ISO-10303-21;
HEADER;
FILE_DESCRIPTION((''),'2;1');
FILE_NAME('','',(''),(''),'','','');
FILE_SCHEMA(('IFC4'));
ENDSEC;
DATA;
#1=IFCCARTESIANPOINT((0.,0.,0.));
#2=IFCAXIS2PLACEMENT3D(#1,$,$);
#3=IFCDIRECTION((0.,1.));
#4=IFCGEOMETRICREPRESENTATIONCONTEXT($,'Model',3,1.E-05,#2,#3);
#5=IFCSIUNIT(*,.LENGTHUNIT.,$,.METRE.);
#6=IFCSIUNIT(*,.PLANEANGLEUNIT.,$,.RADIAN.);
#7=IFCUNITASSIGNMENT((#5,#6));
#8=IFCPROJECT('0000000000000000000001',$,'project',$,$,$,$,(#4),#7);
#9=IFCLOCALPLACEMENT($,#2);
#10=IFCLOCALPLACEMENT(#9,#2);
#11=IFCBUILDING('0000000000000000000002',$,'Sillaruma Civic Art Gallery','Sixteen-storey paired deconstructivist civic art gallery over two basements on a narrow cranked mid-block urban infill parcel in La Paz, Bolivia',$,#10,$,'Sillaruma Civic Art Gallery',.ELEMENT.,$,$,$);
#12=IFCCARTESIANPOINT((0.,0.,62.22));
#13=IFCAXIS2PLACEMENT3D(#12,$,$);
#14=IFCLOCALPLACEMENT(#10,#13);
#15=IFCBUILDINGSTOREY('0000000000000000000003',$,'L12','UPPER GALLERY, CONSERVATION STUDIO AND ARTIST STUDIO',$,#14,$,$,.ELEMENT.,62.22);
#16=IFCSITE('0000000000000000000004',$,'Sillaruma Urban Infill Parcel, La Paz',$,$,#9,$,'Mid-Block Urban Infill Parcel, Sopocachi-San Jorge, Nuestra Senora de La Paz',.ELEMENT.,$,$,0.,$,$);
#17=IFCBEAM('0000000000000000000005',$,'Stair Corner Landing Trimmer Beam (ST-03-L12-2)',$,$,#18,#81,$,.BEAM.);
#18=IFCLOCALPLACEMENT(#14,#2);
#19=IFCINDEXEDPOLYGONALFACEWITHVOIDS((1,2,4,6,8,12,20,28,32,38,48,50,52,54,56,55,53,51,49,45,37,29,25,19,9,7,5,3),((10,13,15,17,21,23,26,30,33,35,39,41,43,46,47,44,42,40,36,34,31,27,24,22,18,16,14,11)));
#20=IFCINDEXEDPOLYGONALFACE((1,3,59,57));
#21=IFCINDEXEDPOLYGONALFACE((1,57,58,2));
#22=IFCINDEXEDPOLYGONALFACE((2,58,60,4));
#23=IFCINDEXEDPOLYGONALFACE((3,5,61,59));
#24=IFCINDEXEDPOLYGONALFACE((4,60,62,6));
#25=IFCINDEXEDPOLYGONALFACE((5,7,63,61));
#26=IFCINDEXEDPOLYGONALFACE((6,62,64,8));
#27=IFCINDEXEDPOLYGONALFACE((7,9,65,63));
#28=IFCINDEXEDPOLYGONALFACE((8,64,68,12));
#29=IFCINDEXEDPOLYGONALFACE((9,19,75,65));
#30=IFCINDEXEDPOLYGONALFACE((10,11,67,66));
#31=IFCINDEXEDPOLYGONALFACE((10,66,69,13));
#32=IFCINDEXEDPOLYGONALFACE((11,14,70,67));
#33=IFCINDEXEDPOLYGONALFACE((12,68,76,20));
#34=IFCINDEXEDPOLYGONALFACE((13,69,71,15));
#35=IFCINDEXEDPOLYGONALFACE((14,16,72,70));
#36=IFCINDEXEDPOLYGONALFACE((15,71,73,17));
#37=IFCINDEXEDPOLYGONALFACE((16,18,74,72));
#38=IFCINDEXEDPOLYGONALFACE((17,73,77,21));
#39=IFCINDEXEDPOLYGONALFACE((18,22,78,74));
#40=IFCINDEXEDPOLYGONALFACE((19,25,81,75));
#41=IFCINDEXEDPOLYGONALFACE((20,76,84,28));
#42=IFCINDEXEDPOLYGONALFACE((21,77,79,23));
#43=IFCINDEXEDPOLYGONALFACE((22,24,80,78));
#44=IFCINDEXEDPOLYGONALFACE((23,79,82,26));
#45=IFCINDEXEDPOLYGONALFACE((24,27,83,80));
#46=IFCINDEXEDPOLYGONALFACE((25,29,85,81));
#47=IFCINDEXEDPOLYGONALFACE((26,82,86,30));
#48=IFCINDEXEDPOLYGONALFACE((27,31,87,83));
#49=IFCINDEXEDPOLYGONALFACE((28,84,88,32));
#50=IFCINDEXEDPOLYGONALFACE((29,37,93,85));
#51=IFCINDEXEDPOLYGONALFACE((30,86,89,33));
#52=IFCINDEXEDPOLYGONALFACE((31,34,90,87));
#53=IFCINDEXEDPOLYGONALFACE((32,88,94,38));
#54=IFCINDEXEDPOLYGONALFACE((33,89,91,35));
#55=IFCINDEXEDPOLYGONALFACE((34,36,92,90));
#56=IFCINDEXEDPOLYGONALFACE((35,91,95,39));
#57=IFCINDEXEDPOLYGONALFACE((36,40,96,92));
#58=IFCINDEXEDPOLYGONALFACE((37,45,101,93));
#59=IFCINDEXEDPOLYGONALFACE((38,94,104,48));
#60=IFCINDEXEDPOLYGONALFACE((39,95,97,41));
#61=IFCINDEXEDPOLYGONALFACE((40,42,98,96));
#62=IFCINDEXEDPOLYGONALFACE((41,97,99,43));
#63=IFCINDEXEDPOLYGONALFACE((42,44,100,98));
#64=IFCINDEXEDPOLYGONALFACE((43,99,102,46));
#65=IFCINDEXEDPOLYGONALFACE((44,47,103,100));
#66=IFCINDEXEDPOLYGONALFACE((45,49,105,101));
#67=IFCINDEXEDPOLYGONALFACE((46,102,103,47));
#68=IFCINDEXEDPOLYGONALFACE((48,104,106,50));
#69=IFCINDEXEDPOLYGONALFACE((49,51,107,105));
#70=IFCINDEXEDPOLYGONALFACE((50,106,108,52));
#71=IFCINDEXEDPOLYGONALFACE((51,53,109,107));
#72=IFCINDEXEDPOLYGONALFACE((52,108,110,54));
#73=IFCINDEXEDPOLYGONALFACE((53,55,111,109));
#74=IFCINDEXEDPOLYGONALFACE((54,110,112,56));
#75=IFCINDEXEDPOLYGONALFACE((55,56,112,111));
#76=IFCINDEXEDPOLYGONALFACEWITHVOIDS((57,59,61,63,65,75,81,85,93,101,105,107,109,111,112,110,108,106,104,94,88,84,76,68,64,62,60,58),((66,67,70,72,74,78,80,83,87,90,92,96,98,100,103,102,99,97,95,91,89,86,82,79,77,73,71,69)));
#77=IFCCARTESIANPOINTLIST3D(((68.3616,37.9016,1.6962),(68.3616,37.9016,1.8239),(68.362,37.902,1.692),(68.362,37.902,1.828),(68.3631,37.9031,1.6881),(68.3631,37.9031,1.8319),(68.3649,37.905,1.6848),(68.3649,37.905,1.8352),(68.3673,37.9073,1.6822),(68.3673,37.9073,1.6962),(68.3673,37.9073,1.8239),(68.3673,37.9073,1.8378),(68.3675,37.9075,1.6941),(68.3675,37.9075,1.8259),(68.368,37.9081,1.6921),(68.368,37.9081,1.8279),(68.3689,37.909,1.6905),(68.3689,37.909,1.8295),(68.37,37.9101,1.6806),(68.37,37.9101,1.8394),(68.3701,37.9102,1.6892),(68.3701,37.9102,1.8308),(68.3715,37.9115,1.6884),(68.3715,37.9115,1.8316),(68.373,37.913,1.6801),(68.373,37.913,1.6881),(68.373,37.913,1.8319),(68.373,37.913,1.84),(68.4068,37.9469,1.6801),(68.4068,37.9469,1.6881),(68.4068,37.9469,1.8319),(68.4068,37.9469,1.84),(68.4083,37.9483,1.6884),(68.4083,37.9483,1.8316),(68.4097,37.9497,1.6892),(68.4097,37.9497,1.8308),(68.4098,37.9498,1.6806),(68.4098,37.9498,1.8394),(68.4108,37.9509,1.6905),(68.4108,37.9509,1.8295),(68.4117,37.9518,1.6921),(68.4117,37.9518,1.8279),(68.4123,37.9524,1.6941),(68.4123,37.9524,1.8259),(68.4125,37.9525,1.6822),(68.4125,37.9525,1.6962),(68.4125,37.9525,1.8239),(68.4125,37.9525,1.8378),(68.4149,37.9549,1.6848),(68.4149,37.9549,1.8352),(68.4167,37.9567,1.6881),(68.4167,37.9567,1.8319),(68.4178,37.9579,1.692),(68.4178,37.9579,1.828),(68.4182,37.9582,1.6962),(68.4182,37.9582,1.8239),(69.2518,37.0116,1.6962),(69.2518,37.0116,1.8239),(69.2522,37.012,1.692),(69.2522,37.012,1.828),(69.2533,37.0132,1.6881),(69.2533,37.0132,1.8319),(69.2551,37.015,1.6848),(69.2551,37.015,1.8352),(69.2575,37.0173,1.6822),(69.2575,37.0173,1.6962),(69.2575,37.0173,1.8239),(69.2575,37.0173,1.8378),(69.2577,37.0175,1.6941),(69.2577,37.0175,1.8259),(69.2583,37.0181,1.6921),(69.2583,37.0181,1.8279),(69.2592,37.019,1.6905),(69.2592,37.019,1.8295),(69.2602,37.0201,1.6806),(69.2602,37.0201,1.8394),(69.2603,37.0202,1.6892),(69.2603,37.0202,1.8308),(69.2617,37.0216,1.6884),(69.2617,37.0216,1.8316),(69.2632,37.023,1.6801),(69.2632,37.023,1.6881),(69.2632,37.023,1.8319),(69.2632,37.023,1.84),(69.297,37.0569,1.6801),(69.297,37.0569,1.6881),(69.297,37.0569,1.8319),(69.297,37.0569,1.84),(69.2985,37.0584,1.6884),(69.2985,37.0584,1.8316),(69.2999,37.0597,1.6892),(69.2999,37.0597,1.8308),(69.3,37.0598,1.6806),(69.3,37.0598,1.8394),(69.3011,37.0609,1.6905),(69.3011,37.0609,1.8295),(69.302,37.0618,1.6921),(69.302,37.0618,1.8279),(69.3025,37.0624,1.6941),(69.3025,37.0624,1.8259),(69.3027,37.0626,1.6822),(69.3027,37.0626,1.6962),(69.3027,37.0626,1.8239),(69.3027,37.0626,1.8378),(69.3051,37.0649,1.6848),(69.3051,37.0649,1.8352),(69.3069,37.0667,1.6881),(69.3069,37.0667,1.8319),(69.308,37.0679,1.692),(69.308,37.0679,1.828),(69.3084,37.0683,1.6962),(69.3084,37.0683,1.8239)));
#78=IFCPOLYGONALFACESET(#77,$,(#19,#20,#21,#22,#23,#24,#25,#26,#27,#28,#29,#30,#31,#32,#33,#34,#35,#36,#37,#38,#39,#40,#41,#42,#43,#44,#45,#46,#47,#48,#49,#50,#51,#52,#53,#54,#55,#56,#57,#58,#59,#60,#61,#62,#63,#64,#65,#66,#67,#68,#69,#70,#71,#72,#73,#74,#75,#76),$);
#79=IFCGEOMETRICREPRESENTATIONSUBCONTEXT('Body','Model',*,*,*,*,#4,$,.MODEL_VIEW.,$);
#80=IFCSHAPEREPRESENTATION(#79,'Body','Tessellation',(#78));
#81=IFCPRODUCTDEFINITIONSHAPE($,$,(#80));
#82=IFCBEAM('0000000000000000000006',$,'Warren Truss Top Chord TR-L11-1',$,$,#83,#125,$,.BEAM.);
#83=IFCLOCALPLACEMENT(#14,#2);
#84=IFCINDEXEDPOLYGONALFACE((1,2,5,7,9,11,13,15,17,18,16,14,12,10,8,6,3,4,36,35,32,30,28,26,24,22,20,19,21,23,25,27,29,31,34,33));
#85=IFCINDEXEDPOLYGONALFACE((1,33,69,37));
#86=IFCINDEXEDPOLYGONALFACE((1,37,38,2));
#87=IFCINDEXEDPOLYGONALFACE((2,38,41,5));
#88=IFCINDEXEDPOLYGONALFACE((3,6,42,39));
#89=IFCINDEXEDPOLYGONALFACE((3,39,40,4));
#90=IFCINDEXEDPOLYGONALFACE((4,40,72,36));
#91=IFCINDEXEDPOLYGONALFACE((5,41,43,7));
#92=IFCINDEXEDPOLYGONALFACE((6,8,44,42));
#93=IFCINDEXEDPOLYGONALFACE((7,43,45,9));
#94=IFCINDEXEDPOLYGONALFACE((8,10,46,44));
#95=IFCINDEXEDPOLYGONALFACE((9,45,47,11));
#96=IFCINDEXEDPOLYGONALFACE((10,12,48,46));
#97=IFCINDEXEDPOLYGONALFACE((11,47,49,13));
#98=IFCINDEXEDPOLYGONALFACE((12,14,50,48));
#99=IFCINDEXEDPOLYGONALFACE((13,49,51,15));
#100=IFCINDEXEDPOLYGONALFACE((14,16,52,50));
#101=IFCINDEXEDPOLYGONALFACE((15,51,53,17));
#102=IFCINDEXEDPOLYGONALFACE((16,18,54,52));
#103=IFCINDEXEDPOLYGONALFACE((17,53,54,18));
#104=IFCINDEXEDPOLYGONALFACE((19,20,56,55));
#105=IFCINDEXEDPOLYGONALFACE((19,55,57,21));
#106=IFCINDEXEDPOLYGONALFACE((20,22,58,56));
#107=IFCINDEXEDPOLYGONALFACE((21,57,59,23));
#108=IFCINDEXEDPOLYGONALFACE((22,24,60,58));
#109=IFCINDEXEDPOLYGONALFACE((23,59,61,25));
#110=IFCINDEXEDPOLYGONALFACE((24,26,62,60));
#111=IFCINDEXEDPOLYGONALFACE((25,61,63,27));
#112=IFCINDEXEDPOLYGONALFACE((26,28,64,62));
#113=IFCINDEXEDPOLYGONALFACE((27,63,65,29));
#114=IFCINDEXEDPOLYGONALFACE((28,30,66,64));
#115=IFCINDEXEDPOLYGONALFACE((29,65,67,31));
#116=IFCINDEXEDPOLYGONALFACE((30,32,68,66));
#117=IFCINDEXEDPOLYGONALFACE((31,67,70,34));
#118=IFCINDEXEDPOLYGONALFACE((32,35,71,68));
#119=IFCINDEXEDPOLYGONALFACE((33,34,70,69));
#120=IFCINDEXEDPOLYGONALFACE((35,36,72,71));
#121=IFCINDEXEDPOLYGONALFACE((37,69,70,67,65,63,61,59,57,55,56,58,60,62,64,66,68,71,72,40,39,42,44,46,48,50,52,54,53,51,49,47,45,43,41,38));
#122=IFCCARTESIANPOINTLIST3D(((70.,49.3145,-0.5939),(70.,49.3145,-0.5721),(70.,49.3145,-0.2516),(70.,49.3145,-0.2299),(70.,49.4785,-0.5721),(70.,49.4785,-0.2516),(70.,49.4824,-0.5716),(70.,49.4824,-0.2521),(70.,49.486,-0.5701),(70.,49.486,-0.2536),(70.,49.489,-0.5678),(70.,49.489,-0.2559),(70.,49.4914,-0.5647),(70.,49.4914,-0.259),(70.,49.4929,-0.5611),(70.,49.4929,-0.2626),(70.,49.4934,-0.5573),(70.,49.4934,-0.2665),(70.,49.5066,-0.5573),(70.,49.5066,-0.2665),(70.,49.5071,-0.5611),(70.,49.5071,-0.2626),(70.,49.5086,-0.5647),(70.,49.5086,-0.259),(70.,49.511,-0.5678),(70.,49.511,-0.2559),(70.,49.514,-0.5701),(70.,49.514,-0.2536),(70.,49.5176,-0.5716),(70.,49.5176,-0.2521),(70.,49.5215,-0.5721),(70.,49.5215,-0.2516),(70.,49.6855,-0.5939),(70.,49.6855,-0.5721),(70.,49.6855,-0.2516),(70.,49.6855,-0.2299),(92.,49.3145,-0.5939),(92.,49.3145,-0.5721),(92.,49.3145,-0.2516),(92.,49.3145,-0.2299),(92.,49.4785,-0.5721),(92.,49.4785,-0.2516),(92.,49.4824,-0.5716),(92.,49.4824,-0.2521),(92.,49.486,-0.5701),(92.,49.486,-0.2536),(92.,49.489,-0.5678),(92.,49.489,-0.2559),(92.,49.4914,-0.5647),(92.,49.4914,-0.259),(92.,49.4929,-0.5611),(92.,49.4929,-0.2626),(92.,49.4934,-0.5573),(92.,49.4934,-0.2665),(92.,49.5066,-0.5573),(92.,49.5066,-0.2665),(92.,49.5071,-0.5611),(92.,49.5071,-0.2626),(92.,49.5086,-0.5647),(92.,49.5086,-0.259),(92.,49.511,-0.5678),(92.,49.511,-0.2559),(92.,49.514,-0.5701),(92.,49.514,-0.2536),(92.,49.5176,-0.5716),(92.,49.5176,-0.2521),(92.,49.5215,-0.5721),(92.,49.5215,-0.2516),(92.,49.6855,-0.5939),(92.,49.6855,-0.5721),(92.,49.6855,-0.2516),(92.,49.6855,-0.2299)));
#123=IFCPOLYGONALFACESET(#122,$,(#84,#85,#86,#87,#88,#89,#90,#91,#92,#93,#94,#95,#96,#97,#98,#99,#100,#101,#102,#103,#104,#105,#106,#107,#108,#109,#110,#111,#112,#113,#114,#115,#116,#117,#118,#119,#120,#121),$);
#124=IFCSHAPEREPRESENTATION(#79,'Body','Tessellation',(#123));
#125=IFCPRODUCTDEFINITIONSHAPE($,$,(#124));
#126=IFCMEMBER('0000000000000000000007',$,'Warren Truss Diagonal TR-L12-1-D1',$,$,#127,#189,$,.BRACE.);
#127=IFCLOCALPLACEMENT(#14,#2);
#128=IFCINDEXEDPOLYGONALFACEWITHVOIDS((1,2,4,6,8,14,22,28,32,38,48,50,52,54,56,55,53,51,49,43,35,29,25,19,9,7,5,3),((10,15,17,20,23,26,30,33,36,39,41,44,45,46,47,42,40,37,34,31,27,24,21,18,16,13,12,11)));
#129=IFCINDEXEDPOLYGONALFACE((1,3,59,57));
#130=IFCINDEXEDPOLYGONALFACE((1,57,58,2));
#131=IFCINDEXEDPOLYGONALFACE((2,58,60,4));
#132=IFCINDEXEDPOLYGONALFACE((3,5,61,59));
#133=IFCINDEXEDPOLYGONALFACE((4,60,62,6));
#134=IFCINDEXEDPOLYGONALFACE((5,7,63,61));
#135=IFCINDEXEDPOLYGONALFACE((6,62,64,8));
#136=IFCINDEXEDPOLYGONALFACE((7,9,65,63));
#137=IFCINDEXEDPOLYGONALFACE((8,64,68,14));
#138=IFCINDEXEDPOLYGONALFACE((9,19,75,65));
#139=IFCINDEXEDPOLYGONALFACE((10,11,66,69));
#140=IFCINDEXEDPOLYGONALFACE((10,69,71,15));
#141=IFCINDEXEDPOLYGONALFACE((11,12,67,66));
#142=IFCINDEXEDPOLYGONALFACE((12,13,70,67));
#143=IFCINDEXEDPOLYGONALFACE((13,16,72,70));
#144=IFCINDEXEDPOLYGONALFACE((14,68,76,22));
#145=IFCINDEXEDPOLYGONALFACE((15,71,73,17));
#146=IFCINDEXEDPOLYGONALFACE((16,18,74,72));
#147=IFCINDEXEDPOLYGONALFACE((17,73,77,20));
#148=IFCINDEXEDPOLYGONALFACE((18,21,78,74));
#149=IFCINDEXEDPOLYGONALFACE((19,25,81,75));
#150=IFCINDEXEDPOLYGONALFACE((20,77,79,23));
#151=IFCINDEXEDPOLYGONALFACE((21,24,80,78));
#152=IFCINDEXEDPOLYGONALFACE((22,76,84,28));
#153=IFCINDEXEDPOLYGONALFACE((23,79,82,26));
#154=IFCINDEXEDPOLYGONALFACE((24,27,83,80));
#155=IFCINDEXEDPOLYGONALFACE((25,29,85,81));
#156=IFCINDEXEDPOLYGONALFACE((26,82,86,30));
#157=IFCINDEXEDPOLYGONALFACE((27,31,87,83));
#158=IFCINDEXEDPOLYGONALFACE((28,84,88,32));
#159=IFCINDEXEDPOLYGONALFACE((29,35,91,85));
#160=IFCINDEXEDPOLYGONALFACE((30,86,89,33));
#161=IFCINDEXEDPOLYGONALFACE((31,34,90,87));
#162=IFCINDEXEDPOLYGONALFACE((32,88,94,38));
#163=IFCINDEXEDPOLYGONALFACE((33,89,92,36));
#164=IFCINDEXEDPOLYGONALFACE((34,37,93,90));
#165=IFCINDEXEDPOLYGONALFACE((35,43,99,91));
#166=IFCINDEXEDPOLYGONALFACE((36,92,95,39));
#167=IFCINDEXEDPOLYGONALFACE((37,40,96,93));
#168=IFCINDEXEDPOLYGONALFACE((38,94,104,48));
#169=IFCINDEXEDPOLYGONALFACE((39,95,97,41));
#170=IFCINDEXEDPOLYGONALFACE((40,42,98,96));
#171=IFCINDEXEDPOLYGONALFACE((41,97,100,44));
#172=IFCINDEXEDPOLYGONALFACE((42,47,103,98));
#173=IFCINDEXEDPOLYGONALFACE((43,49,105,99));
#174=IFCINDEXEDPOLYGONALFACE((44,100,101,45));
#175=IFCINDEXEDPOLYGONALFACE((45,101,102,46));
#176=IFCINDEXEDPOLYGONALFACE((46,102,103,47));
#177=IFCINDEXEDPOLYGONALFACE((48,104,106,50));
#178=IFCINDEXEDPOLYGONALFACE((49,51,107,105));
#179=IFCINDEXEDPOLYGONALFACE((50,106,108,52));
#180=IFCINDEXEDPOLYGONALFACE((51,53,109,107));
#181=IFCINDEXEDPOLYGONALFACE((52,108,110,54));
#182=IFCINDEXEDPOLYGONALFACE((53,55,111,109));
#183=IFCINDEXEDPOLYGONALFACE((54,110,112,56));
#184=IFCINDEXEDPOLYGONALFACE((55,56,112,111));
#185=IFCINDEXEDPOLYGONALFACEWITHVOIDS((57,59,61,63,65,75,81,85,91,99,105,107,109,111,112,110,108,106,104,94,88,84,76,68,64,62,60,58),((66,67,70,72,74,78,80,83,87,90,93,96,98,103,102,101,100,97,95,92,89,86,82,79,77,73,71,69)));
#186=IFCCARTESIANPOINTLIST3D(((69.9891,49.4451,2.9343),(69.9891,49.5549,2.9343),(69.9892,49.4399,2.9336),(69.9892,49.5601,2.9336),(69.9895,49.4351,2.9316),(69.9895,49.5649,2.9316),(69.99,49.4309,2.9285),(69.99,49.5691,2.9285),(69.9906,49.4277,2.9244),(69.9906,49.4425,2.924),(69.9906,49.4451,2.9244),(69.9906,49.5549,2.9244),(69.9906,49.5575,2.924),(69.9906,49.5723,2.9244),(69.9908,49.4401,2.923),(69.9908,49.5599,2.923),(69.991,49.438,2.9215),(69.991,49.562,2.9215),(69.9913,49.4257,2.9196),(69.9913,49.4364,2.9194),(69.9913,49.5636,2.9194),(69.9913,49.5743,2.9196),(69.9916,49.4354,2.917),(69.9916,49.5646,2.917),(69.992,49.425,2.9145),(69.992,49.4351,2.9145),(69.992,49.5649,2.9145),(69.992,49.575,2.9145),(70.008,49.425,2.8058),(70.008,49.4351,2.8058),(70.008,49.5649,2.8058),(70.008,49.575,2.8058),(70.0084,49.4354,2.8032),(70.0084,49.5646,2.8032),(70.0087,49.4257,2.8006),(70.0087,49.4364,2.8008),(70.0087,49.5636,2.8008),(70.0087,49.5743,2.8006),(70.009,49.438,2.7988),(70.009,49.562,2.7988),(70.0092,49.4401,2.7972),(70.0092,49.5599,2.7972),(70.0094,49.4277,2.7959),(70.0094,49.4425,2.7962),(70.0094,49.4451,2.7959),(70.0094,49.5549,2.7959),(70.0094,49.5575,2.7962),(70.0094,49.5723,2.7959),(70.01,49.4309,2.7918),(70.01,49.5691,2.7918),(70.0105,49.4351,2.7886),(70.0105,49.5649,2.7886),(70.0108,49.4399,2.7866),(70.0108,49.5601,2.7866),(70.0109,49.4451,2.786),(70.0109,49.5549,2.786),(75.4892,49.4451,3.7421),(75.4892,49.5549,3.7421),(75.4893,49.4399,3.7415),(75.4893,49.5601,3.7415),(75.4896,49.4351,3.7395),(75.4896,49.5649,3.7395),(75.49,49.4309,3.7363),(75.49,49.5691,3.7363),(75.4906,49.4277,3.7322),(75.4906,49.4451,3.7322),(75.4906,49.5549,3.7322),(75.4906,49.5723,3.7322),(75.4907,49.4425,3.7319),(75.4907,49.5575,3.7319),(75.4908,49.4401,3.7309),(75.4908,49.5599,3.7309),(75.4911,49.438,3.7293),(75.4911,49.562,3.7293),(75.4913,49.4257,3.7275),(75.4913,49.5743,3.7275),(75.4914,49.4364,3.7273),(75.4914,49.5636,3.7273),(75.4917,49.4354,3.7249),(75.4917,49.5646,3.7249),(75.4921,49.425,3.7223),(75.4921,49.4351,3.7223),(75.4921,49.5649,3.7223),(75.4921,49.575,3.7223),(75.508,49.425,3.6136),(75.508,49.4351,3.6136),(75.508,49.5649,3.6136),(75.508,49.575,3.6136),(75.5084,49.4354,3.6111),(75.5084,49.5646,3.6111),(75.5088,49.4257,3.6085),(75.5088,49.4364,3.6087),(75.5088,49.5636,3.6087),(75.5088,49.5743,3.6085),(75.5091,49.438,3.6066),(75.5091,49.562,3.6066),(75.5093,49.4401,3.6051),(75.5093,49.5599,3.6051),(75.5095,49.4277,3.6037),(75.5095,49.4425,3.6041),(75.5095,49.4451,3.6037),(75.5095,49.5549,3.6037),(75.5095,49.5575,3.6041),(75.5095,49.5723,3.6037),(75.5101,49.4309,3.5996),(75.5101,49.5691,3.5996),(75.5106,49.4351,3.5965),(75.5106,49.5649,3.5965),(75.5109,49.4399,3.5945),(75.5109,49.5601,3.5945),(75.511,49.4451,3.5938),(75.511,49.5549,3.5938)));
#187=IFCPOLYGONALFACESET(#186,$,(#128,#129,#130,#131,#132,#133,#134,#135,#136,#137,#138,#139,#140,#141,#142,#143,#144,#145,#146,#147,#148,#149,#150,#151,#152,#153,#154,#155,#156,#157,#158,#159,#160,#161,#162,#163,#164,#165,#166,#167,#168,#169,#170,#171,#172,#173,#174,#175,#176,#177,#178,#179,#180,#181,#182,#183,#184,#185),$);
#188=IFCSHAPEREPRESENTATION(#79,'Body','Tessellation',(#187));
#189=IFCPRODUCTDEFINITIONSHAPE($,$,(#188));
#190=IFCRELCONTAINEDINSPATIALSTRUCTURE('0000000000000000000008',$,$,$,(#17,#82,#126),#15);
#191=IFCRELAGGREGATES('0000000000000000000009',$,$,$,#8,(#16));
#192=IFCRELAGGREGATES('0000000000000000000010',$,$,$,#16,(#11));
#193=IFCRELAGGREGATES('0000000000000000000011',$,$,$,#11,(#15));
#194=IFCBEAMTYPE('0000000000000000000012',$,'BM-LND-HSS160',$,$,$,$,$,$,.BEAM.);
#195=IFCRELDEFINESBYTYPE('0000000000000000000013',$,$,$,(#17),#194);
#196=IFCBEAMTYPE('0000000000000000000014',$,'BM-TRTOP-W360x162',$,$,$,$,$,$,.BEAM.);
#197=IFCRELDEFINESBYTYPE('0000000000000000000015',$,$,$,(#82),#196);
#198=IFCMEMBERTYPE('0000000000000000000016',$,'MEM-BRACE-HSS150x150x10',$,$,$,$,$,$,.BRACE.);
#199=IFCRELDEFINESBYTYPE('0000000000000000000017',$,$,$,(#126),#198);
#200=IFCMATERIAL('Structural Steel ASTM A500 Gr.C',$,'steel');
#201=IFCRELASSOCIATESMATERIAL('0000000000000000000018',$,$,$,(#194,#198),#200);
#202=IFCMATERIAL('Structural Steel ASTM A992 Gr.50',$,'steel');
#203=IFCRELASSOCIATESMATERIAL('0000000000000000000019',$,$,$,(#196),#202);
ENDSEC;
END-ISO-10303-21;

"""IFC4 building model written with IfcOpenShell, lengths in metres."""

from ifc_helpers import new_model, si_unit, direction, frame, origin, origin_2d, place, context, subcontext, project, spatial, hollow_rectangle, i_section, extrude, material, material_profile, profile_set, type_object, element, save


model = new_model("IFC4")

# Units and contexts
model_context = context("Model", 3, precision=1e-05, world=origin(), true_north=direction((0.0, 1.0)))
body_context = subcontext(model_context, "Body", "Model", "MODEL_VIEW")
ifc_project = project(units=[si_unit("LENGTHUNIT", "METRE"), si_unit("PLANEANGLEUNIT", "RADIAN")], contexts=[model_context])

# Site, building, storey
site_placement = place(None, origin())
site = spatial("IfcSite", under=ifc_project, at=site_placement, Name="Sillaruma Urban Infill Parcel, La Paz", LongName="Mid-Block Urban Infill Parcel, Sopocachi-San Jorge, Nuestra Senora de La Paz", CompositionType="ELEMENT", RefElevation=0.0)
building_placement = place(site_placement, origin())
building = spatial("IfcBuilding", under=site, at=building_placement, Name="Sillaruma Civic Art Gallery", Description="Sixteen-storey paired deconstructivist civic art gallery over two basements on a narrow cranked mid-block urban infill parcel in La Paz, Bolivia", LongName="Sillaruma Civic Art Gallery", CompositionType="ELEMENT")
storey_placement = place(building_placement, frame((0.0, 0.0, 62.22)))
storey = spatial("IfcBuildingStorey", under=building, at=storey_placement, Name="L12", Description="UPPER GALLERY, CONSERVATION STUDIO AND ARTIST STUDIO", CompositionType="ELEMENT", Elevation=62.22)

# Beams
ifc_material_1 = material(Name="Structural Steel ASTM A500 Gr.C", Category="steel")
ifc_material_profile_1 = material_profile(ifc_material_1, hollow_rectangle(XDim=0.0801, YDim=0.1599, WallThickness=0.0081, InnerFilletRadius=0.0081, OuterFilletRadius=0.0161, at=origin_2d()), Name="HSS160x80x8")
ifc_profile_set_1 = profile_set([ifc_material_profile_1], Name="Structural Steel ASTM A500 Gr.C")
beam_type_1 = type_object("IfcBeamType", Name="BM-LND-HSS160", PredefinedType="BEAM", material=ifc_profile_set_1)
for number, where, z_axis, x_axis, name in (
    (1, (68.3899, 37.9299, 1.76), (0.707204, -0.70701, 0.0), (0.70701, 0.707204, 0.0), "Stair Corner Landing Trimmer Beam (ST-03-L12-2)"),
):
    element("IfcBeam", number, at=place(storey_placement, frame(where, z_axis=z_axis, x_axis=x_axis)), inside=storey, type_object=beam_type_1, Name=name, PredefinedType="BEAM", context=body_context, shape_type="SweptSolid", body=[
        extrude(hollow_rectangle(XDim=0.0801, YDim=0.1599, WallThickness=0.0081, InnerFilletRadius=0.0081, OuterFilletRadius=0.0161, at=origin_2d()), origin(), (0.0, 0.0, 1.0), 1.2588),
    ])
ifc_material_2 = material(Name="Structural Steel ASTM A992 Gr.50", Category="steel")
ifc_material_profile_2 = material_profile(ifc_material_2, i_section(OverallWidth=0.3711, OverallDepth=0.364, WebThickness=0.0132, FlangeThickness=0.0217, FilletRadius=0.0149, at=origin_2d()), Name="W360x162")
ifc_profile_set_2 = profile_set([ifc_material_profile_2], Name="Structural Steel ASTM A992 Gr.50")
beam_type_2 = type_object("IfcBeamType", Name="BM-TRTOP-W360x162", PredefinedType="BEAM", material=ifc_profile_set_2)
beam_1_placement = place(storey_placement, frame((70.0, 49.5, -0.4119), z_axis=(1.0, 0.0, 0.0), x_axis=(0.0, 1.0, 0.0)))
element("IfcBeam", 2, at=beam_1_placement, inside=storey, type_object=beam_type_2, Name="Warren Truss Top Chord TR-L11-1", PredefinedType="BEAM", context=body_context, shape_type="SweptSolid", body=[
    extrude(i_section(OverallWidth=0.3711, OverallDepth=0.364, WebThickness=0.0132, FlangeThickness=0.0217, FilletRadius=0.0149, at=origin_2d()), origin(), (0.0, 0.0, 1.0), 22.0),
])

# Member
ifc_material_profile_3 = material_profile(ifc_material_1, hollow_rectangle(XDim=0.1499, YDim=0.1499, WallThickness=0.01, InnerFilletRadius=0.01, OuterFilletRadius=0.02, at=origin_2d()), Name="HSS150x150x10")
ifc_profile_set_3 = profile_set([ifc_material_profile_3], Name="Structural Steel ASTM A500 Gr.C")
member_type_1 = type_object("IfcMemberType", Name="MEM-BRACE-HSS150x150x10", PredefinedType="BRACE", material=ifc_profile_set_3)
for number, where, z_axis, x_axis, name in (
    (3, (70.0, 49.5, 2.8601), (0.989384, 0.0, 0.145325), (0.0, 1.0, 0.0), "Warren Truss Diagonal TR-L12-1-D1"),
):
    element("IfcMember", number, at=place(storey_placement, frame(where, z_axis=z_axis, x_axis=x_axis)), inside=storey, type_object=member_type_1, Name=name, PredefinedType="BRACE", context=body_context, shape_type="SweptSolid", body=[
        extrude(hollow_rectangle(XDim=0.1499, YDim=0.1499, WallThickness=0.01, InnerFilletRadius=0.01, OuterFilletRadius=0.02, at=origin_2d()), origin(), (0.0, 0.0, 1.0), 5.5591),
    ])

save(model, "model.ifc")
